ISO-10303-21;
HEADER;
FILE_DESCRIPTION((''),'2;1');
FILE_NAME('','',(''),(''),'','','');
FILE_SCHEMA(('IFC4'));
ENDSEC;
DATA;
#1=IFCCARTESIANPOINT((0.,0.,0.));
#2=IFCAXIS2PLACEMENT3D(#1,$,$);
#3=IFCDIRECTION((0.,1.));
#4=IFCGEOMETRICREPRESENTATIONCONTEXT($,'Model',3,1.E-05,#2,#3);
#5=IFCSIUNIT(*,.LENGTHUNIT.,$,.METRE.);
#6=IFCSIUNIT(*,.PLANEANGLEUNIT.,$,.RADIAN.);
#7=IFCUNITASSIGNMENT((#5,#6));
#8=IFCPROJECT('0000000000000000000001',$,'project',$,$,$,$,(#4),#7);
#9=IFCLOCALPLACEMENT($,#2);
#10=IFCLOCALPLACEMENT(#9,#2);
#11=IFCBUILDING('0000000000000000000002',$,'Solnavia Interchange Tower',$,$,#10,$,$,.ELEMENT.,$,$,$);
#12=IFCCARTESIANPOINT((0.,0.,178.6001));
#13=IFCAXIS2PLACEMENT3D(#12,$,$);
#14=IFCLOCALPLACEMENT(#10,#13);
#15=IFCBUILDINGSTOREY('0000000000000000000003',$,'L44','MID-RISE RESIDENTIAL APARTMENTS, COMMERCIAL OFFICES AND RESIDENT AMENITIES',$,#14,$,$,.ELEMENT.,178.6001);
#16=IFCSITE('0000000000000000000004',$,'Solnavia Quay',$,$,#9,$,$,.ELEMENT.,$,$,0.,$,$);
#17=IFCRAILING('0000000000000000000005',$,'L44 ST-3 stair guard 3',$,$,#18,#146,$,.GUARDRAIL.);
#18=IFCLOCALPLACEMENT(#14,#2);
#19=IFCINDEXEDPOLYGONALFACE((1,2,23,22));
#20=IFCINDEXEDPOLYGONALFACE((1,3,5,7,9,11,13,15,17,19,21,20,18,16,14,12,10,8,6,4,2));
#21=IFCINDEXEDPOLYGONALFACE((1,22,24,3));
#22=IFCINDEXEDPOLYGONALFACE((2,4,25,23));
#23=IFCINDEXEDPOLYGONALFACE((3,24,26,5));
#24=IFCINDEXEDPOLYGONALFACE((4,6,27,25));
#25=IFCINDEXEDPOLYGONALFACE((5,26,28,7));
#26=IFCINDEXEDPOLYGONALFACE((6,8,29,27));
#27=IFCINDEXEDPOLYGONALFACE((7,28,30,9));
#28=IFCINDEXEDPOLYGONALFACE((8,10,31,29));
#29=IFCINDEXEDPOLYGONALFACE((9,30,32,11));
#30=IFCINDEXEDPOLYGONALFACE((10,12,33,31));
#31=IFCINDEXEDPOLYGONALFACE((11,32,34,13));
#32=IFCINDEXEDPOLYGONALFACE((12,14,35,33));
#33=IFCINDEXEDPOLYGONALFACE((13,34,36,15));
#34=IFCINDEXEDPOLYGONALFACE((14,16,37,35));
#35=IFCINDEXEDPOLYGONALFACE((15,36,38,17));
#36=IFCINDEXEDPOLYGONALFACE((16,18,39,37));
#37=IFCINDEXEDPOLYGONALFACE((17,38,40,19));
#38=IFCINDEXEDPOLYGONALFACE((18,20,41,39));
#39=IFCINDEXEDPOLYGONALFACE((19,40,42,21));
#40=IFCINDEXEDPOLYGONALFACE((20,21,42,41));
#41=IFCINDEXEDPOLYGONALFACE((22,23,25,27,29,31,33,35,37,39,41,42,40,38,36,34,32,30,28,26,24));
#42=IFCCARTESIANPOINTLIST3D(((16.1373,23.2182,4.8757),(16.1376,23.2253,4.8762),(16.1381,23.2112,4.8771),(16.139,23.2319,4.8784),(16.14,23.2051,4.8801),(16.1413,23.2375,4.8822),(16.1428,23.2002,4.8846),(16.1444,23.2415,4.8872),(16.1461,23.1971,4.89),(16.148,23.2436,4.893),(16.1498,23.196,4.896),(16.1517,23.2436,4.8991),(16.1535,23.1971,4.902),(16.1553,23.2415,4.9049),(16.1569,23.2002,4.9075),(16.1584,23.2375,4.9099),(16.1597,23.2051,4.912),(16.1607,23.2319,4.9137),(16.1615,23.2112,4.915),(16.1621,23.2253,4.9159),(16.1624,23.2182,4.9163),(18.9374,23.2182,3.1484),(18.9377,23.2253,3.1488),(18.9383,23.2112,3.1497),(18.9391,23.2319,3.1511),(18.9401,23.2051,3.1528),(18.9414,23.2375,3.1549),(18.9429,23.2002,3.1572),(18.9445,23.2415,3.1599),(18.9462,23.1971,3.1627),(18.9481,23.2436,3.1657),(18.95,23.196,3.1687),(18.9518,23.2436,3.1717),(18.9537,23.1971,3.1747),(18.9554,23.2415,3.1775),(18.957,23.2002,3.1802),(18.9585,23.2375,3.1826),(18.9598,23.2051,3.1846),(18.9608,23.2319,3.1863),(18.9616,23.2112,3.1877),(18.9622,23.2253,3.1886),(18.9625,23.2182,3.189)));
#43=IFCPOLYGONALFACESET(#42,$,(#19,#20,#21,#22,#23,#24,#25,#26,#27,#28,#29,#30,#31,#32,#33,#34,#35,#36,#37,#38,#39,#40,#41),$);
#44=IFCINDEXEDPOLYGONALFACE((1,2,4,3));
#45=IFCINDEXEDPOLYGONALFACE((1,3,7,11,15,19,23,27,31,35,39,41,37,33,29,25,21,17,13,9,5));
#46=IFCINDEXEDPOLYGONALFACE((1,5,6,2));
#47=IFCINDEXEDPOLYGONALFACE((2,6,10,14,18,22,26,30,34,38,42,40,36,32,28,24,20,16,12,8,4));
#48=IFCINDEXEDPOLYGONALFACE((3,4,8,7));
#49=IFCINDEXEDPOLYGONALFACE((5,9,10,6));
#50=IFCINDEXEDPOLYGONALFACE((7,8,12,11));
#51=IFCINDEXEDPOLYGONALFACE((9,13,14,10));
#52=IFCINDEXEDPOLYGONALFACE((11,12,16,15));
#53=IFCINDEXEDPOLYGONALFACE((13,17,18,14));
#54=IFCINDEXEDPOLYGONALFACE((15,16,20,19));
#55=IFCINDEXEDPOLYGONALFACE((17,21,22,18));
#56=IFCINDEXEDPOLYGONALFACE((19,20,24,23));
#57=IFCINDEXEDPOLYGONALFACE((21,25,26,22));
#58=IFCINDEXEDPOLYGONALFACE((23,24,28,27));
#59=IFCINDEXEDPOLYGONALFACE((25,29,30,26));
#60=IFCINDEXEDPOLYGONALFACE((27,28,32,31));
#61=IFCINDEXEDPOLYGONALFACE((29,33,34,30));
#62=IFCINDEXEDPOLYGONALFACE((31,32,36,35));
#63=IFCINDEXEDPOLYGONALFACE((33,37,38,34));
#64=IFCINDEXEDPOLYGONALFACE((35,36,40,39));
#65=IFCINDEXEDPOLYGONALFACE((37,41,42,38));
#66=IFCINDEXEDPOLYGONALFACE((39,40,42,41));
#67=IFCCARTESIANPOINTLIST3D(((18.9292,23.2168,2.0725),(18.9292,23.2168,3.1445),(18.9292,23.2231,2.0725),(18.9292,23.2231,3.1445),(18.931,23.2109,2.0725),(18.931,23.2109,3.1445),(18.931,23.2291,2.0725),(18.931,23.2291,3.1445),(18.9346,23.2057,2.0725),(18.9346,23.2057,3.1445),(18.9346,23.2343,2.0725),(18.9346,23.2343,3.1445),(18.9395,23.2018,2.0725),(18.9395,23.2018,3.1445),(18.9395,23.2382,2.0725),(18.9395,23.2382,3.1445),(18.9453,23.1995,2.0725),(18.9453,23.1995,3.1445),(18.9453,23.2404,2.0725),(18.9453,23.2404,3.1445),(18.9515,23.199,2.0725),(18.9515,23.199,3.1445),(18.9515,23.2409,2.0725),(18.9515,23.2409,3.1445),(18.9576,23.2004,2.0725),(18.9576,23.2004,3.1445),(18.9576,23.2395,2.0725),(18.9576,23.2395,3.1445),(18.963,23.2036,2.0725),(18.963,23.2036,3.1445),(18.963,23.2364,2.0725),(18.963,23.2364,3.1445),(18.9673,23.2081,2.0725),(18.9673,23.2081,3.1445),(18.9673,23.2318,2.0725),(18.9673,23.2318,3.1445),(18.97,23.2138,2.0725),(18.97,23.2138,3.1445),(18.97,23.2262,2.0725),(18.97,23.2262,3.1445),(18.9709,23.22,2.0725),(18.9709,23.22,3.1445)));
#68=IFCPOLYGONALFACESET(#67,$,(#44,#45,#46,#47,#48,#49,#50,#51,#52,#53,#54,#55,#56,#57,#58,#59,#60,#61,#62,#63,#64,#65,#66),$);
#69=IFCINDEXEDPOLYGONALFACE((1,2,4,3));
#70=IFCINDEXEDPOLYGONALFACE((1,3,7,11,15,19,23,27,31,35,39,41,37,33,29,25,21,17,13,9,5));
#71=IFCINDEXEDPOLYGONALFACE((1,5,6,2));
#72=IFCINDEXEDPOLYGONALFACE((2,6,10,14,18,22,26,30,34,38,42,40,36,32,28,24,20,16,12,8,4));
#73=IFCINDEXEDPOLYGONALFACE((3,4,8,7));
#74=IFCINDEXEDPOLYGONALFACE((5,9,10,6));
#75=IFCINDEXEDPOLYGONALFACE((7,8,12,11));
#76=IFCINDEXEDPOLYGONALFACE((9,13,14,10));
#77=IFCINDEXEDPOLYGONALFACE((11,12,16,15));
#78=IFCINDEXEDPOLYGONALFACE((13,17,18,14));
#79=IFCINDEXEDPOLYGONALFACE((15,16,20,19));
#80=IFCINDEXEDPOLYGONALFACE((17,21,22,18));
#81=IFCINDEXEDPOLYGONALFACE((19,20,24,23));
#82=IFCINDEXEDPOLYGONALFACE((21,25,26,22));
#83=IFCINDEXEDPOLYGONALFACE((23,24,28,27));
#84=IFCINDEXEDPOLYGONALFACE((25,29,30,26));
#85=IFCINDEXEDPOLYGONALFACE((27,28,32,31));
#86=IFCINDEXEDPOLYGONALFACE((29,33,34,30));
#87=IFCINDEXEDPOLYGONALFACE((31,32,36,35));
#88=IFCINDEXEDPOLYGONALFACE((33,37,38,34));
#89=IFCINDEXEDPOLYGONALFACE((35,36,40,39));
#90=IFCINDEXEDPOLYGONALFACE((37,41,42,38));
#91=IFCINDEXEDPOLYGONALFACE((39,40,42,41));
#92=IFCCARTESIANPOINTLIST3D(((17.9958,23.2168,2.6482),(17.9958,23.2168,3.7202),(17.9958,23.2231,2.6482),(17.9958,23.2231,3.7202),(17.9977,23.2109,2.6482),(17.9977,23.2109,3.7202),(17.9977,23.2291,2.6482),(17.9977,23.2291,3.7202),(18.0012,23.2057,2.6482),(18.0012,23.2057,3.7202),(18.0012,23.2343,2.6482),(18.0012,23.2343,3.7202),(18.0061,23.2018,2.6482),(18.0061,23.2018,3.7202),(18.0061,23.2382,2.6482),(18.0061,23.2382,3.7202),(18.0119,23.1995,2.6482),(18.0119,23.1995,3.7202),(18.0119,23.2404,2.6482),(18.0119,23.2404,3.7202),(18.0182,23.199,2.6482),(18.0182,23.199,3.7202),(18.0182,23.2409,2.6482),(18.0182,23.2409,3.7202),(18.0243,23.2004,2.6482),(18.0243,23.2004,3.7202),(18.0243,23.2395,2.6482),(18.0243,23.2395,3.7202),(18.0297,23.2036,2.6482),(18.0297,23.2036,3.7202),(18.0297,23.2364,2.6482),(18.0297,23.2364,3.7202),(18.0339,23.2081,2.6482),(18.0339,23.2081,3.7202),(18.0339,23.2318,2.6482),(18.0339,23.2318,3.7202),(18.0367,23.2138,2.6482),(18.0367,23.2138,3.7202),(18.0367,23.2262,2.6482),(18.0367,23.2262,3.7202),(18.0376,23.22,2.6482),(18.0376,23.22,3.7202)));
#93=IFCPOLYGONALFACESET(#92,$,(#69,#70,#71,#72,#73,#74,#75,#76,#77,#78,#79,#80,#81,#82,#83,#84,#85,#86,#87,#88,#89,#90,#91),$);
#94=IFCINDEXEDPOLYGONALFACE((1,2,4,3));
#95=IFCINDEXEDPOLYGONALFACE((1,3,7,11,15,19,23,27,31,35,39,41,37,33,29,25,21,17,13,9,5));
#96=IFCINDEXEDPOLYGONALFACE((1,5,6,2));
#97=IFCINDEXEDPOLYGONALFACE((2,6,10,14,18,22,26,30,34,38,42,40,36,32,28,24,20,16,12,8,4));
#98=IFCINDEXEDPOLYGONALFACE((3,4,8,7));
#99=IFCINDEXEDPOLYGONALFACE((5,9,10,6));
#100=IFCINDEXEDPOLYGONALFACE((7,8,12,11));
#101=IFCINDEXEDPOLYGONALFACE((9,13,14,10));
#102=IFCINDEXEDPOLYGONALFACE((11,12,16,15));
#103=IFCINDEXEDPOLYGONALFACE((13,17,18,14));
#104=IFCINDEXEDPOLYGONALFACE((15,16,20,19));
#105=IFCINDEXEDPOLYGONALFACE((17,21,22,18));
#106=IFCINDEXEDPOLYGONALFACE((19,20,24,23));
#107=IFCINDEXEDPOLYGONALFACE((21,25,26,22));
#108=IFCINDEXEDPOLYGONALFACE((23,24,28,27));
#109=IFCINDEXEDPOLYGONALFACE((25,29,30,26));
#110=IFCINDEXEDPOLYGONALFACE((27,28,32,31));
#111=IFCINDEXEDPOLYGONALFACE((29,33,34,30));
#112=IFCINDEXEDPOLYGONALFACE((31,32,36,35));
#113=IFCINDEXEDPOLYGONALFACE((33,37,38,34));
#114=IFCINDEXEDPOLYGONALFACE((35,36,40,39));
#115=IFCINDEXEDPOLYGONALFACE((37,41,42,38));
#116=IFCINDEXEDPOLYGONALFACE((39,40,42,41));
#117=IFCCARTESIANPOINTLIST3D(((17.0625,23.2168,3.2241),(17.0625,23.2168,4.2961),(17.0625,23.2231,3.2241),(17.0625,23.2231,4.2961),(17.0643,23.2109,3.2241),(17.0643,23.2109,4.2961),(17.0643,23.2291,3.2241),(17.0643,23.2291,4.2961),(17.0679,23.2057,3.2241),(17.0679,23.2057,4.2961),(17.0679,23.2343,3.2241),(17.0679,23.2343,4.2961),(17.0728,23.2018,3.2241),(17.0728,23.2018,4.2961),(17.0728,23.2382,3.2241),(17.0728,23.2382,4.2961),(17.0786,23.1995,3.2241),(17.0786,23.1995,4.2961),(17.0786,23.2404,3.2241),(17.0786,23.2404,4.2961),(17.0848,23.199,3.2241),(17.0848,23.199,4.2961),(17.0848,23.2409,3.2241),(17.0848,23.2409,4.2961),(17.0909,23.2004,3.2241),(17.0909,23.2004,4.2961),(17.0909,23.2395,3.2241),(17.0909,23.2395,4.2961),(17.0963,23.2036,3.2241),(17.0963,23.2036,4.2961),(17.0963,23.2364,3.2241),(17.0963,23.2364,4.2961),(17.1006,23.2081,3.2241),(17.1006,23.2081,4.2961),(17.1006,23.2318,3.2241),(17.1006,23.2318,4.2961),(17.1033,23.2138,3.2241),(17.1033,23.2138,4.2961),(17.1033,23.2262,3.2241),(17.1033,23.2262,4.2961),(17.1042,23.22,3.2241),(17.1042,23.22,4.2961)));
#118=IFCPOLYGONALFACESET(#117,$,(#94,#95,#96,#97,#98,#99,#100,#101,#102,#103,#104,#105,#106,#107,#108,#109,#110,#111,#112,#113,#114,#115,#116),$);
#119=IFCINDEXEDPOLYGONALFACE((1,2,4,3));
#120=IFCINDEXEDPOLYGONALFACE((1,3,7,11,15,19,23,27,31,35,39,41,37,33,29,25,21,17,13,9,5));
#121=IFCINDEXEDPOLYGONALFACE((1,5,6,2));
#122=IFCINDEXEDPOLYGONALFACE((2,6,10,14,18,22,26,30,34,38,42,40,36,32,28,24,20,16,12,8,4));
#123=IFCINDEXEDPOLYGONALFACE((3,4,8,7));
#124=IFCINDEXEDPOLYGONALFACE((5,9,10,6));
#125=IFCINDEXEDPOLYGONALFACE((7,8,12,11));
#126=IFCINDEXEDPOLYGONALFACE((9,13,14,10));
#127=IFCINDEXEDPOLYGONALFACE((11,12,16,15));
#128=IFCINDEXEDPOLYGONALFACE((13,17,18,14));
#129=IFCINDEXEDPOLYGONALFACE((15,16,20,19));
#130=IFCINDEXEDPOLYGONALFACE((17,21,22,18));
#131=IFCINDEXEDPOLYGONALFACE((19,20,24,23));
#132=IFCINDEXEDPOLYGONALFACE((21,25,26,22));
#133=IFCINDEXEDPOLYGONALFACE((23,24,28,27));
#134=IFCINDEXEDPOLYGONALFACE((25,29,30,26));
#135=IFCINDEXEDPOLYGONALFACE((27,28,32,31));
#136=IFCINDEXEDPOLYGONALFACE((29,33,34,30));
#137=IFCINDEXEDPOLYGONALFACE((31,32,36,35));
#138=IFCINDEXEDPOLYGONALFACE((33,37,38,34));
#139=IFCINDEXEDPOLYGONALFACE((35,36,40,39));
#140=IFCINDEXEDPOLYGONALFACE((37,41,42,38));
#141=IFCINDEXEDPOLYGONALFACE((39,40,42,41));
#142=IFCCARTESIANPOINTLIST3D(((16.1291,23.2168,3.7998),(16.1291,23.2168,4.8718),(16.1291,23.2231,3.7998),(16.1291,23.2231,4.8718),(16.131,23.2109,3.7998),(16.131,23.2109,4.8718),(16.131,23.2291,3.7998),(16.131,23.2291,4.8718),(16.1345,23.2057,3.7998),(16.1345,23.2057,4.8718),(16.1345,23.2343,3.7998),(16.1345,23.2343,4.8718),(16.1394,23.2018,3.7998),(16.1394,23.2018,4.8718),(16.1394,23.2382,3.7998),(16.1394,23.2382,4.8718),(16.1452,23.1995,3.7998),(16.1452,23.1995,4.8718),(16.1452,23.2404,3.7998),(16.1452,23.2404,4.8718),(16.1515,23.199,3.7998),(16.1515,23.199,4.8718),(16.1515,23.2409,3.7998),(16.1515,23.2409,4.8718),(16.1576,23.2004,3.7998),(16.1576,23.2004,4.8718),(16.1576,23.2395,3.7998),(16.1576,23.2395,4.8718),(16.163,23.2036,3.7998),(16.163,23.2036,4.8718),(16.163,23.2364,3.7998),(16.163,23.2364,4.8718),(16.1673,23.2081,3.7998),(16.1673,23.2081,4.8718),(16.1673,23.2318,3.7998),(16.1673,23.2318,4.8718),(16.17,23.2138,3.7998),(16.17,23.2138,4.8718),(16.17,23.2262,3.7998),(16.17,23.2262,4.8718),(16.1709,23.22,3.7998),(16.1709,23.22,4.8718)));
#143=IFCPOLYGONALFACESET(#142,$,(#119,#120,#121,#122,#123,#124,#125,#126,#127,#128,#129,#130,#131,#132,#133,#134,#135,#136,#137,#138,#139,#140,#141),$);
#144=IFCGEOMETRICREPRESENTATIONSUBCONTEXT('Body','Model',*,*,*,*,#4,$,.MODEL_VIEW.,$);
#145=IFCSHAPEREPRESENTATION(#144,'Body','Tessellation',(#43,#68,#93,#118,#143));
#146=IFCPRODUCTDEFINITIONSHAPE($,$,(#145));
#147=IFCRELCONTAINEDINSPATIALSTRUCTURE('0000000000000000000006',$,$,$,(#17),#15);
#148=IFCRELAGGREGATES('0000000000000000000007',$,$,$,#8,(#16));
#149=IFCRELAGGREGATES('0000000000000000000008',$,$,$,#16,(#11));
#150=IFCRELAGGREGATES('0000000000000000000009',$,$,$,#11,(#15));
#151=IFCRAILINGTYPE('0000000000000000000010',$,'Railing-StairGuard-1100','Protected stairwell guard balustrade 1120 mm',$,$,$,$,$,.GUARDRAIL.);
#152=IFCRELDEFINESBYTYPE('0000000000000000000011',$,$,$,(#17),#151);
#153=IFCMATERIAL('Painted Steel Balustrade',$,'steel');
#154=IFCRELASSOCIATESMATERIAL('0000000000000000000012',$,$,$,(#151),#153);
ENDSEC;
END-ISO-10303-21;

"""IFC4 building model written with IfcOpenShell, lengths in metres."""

from ifc_helpers import new_model, si_unit, direction, frame, origin, origin_2d, place, context, subcontext, project, spatial, circle, extrude, material, type_object, element, save


model = new_model("IFC4")

# Units and contexts
model_context = context("Model", 3, precision=1e-05, world=origin(), true_north=direction((0.0, 1.0)))
body_context = subcontext(model_context, "Body", "Model", "MODEL_VIEW")
ifc_project = project(units=[si_unit("LENGTHUNIT", "METRE"), si_unit("PLANEANGLEUNIT", "RADIAN")], contexts=[model_context])

# Site, building, storey
site_placement = place(None, origin())
site = spatial("IfcSite", under=ifc_project, at=site_placement, Name="Solnavia Quay", CompositionType="ELEMENT", RefElevation=0.0)
building_placement = place(site_placement, origin())
building = spatial("IfcBuilding", under=site, at=building_placement, Name="Solnavia Interchange Tower", CompositionType="ELEMENT")
storey_placement = place(building_placement, frame((0.0, 0.0, 178.6001)))
storey = spatial("IfcBuildingStorey", under=building, at=storey_placement, Name="L44", Description="MID-RISE RESIDENTIAL APARTMENTS, COMMERCIAL OFFICES AND RESIDENT AMENITIES", CompositionType="ELEMENT", Elevation=178.6001)

# Railing
ifc_material_1 = material(Name="Painted Steel Balustrade", Category="steel")
railing_type_1 = type_object("IfcRailingType", Name="Railing-StairGuard-1100", Description="Protected stairwell guard balustrade 1120 mm", PredefinedType="GUARDRAIL", material=ifc_material_1)
railing_1_placement = place(storey_placement, frame((18.95, 23.22, 2.0725)))
element("IfcRailing", 1, at=railing_1_placement, inside=storey, type_object=railing_type_1, Name="L44 ST-3 stair guard 3", PredefinedType="GUARDRAIL", context=body_context, shape_type="SweptSolid", body=[
    extrude(circle(Radius=0.0239, at=origin_2d()), frame((0.0, 0.0, 1.0962), z_axis=(-0.85109, 0.0, 0.52502), x_axis=(0.0, -1.0, 0.0)), (0.0, 0.0, 1.0), 3.29),
    extrude(circle(Radius=0.021, at=origin_2d()), origin(), (0.0, 0.0, 1.0), 1.072),
    extrude(circle(Radius=0.021, at=origin_2d()), frame((-0.9333, 0.0, 0.5757)), (0.0, 0.0, 1.0), 1.072),
    extrude(circle(Radius=0.021, at=origin_2d()), frame((-1.8667, 0.0, 1.1516)), (0.0, 0.0, 1.0), 1.072),
    extrude(circle(Radius=0.021, at=origin_2d()), frame((-2.8, 0.0, 1.7273)), (0.0, 0.0, 1.0), 1.072),
])

save(model, "model.ifc")
